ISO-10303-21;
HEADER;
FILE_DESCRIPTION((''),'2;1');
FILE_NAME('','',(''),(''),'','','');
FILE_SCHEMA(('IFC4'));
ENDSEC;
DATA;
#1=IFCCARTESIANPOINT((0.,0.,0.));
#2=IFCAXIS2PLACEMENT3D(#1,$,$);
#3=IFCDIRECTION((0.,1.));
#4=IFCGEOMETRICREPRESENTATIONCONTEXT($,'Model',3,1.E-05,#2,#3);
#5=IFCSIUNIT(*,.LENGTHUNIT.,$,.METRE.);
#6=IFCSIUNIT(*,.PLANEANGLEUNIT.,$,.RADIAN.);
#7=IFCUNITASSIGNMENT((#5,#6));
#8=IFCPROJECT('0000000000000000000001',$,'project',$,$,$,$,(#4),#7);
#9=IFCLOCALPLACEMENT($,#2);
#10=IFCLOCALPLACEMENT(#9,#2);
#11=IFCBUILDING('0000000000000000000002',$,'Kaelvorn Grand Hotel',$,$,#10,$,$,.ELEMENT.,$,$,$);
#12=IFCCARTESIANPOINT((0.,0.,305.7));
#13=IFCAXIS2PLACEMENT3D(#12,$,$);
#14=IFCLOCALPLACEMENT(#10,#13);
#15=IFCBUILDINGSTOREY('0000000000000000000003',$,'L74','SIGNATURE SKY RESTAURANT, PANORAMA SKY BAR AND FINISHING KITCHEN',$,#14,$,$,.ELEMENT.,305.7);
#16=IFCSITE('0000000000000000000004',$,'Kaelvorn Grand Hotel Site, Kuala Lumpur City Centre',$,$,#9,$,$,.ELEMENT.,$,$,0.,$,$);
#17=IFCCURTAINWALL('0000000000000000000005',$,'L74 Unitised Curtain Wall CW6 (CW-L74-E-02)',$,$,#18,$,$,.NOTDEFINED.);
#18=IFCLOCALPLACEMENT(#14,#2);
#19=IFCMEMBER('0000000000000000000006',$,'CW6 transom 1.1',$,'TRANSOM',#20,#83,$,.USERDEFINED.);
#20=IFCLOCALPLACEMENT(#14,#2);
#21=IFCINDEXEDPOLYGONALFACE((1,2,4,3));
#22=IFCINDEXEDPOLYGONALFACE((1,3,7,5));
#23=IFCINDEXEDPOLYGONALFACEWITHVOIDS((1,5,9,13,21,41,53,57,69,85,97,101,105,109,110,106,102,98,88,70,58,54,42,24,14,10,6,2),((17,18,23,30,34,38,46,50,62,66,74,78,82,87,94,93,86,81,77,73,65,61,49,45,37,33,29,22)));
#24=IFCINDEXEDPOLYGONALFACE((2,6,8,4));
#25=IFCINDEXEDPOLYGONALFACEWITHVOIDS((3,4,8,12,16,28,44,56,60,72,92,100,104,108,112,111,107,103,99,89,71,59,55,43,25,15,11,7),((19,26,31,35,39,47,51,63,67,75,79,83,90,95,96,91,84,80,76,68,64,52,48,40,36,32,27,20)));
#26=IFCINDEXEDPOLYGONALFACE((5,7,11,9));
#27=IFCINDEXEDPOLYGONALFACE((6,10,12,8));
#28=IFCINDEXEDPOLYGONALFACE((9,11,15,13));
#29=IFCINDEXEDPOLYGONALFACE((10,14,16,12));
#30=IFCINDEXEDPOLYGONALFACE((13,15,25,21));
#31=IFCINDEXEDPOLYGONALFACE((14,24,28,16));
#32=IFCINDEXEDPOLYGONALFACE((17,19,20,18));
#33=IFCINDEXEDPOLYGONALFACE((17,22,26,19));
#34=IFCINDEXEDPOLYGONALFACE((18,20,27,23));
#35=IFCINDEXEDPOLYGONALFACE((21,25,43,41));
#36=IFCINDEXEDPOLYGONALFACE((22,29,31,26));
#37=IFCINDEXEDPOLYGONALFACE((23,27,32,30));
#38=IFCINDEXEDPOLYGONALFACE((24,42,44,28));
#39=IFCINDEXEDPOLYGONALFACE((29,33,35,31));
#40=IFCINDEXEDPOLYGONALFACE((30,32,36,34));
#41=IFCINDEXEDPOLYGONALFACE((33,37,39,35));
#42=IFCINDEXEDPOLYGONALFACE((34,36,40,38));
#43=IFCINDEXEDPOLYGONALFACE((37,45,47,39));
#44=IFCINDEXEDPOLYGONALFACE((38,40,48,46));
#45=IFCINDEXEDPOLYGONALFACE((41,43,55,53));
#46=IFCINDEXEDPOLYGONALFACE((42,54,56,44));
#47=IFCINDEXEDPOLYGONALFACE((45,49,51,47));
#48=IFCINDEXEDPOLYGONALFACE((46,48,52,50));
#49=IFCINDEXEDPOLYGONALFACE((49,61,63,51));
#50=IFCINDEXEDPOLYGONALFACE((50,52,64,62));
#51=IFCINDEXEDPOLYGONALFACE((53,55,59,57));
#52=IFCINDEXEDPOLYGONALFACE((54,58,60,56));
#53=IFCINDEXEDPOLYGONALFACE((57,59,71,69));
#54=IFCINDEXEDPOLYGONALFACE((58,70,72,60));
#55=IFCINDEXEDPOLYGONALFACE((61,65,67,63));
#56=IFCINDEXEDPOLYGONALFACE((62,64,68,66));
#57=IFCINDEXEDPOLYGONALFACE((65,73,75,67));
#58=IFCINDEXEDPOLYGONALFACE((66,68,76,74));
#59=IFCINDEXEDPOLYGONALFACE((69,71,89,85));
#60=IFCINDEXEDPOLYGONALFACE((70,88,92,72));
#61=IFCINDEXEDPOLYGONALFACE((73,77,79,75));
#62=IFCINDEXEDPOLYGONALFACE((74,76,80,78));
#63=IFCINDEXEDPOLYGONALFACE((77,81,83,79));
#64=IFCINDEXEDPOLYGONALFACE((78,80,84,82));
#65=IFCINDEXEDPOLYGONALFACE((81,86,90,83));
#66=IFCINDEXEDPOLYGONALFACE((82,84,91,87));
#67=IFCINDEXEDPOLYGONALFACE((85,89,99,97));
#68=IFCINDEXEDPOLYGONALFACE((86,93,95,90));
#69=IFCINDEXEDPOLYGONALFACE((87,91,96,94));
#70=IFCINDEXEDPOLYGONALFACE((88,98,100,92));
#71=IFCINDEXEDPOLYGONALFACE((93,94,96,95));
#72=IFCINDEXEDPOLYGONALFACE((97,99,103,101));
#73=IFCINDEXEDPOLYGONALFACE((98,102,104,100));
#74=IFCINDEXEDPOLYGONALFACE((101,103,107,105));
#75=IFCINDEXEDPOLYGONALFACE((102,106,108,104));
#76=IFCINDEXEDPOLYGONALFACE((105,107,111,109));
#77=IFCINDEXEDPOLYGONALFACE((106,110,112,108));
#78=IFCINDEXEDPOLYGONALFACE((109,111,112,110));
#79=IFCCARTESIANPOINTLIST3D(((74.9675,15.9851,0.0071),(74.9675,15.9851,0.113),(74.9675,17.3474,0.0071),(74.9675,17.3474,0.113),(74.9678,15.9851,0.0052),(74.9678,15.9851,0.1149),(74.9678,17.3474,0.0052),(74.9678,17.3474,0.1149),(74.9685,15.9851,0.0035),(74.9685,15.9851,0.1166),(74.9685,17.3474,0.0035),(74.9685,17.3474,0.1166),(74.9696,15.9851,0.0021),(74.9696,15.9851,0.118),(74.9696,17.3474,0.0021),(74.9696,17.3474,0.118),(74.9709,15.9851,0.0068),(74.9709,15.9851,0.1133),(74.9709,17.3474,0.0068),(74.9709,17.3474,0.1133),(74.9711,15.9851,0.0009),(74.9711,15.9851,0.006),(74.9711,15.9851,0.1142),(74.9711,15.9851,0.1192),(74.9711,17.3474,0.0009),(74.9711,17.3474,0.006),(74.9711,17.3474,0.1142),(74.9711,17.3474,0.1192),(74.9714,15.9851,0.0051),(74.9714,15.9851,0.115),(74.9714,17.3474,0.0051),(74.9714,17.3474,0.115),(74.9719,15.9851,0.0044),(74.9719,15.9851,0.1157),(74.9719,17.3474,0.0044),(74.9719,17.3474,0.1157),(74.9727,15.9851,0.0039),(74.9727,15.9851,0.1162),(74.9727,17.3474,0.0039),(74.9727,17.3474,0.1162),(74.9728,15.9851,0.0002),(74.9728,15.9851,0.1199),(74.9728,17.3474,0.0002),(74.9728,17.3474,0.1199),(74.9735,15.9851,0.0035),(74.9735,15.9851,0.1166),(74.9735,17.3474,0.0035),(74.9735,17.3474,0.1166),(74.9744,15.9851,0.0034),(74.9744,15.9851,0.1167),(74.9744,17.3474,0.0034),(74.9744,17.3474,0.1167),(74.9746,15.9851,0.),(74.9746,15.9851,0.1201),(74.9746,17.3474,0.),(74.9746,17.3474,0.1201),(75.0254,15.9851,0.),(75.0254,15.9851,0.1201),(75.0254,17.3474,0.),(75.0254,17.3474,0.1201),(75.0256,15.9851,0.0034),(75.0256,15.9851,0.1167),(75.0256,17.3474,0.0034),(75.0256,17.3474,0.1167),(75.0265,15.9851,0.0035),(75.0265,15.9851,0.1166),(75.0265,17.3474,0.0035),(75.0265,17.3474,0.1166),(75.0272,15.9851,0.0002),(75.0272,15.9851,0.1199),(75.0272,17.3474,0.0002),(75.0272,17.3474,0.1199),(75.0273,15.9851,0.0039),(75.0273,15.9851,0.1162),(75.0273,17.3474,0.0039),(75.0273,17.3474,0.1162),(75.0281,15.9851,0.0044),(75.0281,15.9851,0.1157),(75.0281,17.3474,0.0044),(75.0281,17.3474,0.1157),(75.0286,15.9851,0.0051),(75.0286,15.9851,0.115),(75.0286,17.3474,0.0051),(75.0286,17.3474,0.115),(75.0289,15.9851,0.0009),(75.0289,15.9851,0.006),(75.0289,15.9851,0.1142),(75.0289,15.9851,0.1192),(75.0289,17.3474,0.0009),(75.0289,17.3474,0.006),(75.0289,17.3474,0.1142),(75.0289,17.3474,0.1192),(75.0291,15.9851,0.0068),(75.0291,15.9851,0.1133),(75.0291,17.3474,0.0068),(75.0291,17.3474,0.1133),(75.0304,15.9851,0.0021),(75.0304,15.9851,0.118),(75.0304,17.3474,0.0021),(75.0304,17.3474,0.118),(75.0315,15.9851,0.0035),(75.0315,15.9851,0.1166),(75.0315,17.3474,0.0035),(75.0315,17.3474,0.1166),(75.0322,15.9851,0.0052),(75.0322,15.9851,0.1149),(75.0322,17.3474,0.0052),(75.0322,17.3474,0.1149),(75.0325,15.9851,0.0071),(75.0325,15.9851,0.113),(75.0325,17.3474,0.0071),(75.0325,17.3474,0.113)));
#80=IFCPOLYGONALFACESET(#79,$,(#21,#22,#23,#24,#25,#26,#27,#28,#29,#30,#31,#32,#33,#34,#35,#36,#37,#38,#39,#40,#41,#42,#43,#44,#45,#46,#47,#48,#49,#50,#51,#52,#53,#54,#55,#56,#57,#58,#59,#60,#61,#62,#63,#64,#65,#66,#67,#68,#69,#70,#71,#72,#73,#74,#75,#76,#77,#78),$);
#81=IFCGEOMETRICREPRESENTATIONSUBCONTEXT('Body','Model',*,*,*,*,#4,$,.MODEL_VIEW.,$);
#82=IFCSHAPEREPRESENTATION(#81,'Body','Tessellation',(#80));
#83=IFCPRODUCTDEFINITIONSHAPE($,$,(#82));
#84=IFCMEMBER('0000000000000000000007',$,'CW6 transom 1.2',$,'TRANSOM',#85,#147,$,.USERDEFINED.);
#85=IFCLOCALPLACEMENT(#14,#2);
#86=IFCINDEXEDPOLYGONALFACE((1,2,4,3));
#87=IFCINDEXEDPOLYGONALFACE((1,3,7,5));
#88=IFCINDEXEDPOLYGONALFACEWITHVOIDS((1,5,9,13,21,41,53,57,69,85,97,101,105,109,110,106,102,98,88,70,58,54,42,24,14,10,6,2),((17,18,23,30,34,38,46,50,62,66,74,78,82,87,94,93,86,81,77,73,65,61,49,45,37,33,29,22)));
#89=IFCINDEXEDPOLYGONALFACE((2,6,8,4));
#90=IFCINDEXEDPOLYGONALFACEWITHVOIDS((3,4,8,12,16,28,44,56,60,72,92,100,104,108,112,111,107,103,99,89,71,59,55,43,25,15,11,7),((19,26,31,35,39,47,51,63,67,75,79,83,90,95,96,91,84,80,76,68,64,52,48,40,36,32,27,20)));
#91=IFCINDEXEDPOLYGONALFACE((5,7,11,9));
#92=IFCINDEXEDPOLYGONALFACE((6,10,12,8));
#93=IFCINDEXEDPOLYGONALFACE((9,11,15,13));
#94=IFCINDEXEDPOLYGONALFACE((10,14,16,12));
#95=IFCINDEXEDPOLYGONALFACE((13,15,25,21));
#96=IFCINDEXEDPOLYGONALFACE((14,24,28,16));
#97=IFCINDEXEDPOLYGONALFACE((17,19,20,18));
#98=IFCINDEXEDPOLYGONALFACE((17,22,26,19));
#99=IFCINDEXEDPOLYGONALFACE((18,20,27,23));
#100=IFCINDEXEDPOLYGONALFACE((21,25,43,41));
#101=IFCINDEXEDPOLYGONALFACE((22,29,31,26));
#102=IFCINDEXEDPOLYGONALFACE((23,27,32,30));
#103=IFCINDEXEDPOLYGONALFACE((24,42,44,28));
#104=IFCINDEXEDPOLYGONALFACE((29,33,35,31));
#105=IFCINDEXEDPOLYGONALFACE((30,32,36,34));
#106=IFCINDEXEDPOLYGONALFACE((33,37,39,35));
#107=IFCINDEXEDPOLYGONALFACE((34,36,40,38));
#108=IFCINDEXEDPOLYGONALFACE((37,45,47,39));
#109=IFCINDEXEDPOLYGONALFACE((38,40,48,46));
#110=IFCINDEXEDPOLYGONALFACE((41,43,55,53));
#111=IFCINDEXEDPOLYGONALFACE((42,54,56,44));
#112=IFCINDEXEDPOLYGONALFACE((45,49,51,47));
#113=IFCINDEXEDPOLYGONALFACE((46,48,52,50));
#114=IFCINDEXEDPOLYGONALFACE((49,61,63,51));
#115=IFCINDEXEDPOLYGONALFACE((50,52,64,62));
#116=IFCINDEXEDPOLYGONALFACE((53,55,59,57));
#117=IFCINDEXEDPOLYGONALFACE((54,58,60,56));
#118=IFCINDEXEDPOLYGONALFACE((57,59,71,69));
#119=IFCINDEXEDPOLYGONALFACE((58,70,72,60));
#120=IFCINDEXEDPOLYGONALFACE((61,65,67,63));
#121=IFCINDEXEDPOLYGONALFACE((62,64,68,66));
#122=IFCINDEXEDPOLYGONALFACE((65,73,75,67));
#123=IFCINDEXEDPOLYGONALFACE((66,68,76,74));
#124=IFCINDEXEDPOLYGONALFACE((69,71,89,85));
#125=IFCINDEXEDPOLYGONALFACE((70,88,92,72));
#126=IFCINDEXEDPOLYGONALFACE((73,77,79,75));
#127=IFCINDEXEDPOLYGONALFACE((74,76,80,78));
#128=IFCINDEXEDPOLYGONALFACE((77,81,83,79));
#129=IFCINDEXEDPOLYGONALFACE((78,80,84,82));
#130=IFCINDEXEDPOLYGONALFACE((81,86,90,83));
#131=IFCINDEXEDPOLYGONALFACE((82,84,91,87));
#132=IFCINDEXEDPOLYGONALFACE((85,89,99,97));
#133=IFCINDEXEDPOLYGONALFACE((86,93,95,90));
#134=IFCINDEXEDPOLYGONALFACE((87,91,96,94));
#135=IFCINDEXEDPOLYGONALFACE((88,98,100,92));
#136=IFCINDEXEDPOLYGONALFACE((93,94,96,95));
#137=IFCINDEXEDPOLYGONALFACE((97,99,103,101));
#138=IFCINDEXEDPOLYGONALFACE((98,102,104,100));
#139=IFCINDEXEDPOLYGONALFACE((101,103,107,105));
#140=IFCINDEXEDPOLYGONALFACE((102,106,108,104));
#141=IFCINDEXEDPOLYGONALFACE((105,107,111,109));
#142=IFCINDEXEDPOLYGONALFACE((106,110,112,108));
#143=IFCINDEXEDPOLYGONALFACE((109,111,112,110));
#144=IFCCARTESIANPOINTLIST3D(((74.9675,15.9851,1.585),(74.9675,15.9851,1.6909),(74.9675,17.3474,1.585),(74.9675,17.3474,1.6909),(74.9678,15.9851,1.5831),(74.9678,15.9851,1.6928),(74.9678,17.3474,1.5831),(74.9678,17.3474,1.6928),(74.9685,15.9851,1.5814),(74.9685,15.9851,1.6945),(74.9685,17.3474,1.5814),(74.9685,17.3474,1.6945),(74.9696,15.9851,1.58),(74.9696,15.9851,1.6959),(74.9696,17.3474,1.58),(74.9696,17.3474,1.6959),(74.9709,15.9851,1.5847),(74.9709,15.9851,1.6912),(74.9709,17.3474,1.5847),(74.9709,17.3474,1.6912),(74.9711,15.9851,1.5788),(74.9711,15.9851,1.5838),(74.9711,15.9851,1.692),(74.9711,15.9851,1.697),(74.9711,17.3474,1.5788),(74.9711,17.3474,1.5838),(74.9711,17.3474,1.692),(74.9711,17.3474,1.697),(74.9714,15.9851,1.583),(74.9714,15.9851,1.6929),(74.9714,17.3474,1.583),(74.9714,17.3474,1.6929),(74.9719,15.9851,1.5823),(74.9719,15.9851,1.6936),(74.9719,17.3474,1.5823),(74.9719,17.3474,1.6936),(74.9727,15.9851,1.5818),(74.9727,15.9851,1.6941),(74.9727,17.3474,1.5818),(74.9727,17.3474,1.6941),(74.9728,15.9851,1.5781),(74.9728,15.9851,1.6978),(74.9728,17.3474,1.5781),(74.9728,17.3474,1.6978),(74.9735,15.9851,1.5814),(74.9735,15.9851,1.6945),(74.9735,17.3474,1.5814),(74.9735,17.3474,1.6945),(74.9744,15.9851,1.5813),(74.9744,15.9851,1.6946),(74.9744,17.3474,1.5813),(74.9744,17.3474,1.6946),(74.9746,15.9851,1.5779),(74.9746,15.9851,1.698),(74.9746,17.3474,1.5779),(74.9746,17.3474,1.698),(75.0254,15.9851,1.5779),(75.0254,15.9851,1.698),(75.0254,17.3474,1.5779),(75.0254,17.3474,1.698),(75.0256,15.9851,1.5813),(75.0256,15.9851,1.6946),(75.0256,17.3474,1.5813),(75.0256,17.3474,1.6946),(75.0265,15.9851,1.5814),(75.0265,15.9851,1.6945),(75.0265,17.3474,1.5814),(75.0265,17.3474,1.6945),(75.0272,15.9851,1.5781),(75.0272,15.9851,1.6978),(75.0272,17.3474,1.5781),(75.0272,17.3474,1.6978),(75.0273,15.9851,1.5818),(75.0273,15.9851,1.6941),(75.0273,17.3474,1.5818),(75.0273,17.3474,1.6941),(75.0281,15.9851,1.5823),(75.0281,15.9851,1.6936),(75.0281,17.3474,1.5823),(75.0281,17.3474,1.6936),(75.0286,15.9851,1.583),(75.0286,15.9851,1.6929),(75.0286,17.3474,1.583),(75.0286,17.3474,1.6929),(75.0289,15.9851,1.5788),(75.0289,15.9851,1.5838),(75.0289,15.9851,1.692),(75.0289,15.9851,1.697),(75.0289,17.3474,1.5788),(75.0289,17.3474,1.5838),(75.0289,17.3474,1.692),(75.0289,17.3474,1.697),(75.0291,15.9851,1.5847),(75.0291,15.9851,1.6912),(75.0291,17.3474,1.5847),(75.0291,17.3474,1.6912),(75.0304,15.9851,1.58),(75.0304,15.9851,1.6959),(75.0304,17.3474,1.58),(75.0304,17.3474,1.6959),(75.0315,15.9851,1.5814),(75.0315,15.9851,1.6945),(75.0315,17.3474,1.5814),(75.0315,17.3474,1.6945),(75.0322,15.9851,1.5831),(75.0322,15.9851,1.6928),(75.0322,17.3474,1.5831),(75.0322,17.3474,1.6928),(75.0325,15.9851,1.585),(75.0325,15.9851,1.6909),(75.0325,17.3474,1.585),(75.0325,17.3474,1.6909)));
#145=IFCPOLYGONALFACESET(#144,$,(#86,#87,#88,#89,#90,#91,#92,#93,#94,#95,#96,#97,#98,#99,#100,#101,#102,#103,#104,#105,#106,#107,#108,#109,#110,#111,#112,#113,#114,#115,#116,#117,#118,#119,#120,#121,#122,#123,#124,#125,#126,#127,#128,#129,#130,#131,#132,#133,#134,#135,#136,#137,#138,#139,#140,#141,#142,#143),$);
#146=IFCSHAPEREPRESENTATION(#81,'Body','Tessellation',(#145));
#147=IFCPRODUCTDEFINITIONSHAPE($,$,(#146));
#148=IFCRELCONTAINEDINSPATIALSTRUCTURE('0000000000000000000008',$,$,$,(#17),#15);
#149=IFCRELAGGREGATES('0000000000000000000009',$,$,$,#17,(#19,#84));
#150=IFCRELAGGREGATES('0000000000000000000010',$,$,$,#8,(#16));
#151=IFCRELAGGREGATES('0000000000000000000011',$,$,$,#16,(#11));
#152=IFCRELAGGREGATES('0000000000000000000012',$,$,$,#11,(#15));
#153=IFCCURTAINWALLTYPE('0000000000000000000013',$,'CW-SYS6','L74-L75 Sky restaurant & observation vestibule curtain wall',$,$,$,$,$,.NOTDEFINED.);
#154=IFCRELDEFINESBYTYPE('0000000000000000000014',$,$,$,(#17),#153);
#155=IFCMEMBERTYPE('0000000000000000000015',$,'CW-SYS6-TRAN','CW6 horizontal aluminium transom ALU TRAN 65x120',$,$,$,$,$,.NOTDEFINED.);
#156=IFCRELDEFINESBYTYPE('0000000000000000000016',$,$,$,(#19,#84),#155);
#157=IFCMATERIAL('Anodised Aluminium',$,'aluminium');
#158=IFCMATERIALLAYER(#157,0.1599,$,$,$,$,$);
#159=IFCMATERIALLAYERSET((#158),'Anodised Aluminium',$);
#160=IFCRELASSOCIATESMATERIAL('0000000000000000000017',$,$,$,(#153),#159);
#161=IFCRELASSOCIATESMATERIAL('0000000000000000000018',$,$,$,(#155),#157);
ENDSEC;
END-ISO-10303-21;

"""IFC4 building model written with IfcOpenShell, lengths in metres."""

from ifc_helpers import new_model, si_unit, direction, frame, origin, origin_2d, place, context, subcontext, project, spatial, hollow_rectangle, extrude, material, layer, layer_set, material_profile, profile_set, type_object, element, aggregate, save


model = new_model("IFC4")

# Units and contexts
model_context = context("Model", 3, precision=1e-05, world=origin(), true_north=direction((0.0, 1.0)))
body_context = subcontext(model_context, "Body", "Model", "MODEL_VIEW")
ifc_project = project(units=[si_unit("LENGTHUNIT", "METRE"), si_unit("PLANEANGLEUNIT", "RADIAN")], contexts=[model_context])

# Site, building, storey
site_placement = place(None, origin())
site = spatial("IfcSite", under=ifc_project, at=site_placement, Name="Kaelvorn Grand Hotel Site, Kuala Lumpur City Centre", CompositionType="ELEMENT", RefElevation=0.0)
building_placement = place(site_placement, origin())
building = spatial("IfcBuilding", under=site, at=building_placement, Name="Kaelvorn Grand Hotel", CompositionType="ELEMENT")
storey_placement = place(building_placement, frame((0.0, 0.0, 305.7)))
storey = spatial("IfcBuildingStorey", under=building, at=storey_placement, Name="L74", Description="SIGNATURE SKY RESTAURANT, PANORAMA SKY BAR AND FINISHING KITCHEN", CompositionType="ELEMENT", Elevation=305.7)

# Curtain wall, members
ifc_material_1 = material(Name="Anodised Aluminium", Category="aluminium")
ifc_layer_1 = layer(ifc_material_1, 0.1599)
ifc_layer_set_1 = layer_set([ifc_layer_1], Name="Anodised Aluminium")
curtain_wall_type = type_object("IfcCurtainWallType", Name="CW-SYS6", Description="L74-L75 Sky restaurant & observation vestibule curtain wall", PredefinedType="NOTDEFINED", material=ifc_layer_set_1)
curtain_wall_placement = place(storey_placement, origin())
curtain_wall = element("IfcCurtainWall", 1, at=curtain_wall_placement, inside=storey, type_object=curtain_wall_type, Name="L74 Unitised Curtain Wall CW6 (CW-L74-E-02)", PredefinedType="NOTDEFINED")
ifc_material_profile_1 = material_profile(ifc_material_1, hollow_rectangle(XDim=0.0649, YDim=0.1201, WallThickness=0.0034, InnerFilletRadius=0.0034, OuterFilletRadius=0.0071, at=origin_2d()), Name="ALU TRAN 65x120")
ifc_profile_set_1 = profile_set([ifc_material_profile_1], Name="Anodised Aluminium")
member_type_1 = type_object("IfcMemberType", Name="CW-SYS6-TRAN", Description="CW6 horizontal aluminium transom ALU TRAN 65x120", PredefinedType="NOTDEFINED", material=ifc_profile_set_1)
member_1_placement = place(storey_placement, frame((75.0, 15.9851, 0.0601), z_axis=(0.0, 1.0, 0.0), x_axis=(-1.0, 0.0, 0.0)))
member_1 = element("IfcMember", 2, at=member_1_placement, type_object=member_type_1, Name="CW6 transom 1.1", ObjectType="TRANSOM", PredefinedType="USERDEFINED", context=body_context, shape_type="SweptSolid", body=[
    extrude(hollow_rectangle(XDim=0.0649, YDim=0.1201, WallThickness=0.0034, InnerFilletRadius=0.0034, OuterFilletRadius=0.0071, at=origin_2d()), origin(), (0.0, 0.0, 1.0), 1.3623),
])
member_2_placement = place(storey_placement, frame((75.0, 15.9851, 1.6379), z_axis=(0.0, 1.0, 0.0), x_axis=(-1.0, 0.0, 0.0)))
member_2 = element("IfcMember", 3, at=member_2_placement, type_object=member_type_1, Name="CW6 transom 1.2", ObjectType="TRANSOM", PredefinedType="USERDEFINED", context=body_context, shape_type="SweptSolid", body=[
    extrude(hollow_rectangle(XDim=0.0649, YDim=0.1201, WallThickness=0.0034, InnerFilletRadius=0.0034, OuterFilletRadius=0.0071, at=origin_2d()), origin(), (0.0, 0.0, 1.0), 1.3623),
])
aggregate(curtain_wall, [member_1, member_2])

save(model, "model.ifc")
